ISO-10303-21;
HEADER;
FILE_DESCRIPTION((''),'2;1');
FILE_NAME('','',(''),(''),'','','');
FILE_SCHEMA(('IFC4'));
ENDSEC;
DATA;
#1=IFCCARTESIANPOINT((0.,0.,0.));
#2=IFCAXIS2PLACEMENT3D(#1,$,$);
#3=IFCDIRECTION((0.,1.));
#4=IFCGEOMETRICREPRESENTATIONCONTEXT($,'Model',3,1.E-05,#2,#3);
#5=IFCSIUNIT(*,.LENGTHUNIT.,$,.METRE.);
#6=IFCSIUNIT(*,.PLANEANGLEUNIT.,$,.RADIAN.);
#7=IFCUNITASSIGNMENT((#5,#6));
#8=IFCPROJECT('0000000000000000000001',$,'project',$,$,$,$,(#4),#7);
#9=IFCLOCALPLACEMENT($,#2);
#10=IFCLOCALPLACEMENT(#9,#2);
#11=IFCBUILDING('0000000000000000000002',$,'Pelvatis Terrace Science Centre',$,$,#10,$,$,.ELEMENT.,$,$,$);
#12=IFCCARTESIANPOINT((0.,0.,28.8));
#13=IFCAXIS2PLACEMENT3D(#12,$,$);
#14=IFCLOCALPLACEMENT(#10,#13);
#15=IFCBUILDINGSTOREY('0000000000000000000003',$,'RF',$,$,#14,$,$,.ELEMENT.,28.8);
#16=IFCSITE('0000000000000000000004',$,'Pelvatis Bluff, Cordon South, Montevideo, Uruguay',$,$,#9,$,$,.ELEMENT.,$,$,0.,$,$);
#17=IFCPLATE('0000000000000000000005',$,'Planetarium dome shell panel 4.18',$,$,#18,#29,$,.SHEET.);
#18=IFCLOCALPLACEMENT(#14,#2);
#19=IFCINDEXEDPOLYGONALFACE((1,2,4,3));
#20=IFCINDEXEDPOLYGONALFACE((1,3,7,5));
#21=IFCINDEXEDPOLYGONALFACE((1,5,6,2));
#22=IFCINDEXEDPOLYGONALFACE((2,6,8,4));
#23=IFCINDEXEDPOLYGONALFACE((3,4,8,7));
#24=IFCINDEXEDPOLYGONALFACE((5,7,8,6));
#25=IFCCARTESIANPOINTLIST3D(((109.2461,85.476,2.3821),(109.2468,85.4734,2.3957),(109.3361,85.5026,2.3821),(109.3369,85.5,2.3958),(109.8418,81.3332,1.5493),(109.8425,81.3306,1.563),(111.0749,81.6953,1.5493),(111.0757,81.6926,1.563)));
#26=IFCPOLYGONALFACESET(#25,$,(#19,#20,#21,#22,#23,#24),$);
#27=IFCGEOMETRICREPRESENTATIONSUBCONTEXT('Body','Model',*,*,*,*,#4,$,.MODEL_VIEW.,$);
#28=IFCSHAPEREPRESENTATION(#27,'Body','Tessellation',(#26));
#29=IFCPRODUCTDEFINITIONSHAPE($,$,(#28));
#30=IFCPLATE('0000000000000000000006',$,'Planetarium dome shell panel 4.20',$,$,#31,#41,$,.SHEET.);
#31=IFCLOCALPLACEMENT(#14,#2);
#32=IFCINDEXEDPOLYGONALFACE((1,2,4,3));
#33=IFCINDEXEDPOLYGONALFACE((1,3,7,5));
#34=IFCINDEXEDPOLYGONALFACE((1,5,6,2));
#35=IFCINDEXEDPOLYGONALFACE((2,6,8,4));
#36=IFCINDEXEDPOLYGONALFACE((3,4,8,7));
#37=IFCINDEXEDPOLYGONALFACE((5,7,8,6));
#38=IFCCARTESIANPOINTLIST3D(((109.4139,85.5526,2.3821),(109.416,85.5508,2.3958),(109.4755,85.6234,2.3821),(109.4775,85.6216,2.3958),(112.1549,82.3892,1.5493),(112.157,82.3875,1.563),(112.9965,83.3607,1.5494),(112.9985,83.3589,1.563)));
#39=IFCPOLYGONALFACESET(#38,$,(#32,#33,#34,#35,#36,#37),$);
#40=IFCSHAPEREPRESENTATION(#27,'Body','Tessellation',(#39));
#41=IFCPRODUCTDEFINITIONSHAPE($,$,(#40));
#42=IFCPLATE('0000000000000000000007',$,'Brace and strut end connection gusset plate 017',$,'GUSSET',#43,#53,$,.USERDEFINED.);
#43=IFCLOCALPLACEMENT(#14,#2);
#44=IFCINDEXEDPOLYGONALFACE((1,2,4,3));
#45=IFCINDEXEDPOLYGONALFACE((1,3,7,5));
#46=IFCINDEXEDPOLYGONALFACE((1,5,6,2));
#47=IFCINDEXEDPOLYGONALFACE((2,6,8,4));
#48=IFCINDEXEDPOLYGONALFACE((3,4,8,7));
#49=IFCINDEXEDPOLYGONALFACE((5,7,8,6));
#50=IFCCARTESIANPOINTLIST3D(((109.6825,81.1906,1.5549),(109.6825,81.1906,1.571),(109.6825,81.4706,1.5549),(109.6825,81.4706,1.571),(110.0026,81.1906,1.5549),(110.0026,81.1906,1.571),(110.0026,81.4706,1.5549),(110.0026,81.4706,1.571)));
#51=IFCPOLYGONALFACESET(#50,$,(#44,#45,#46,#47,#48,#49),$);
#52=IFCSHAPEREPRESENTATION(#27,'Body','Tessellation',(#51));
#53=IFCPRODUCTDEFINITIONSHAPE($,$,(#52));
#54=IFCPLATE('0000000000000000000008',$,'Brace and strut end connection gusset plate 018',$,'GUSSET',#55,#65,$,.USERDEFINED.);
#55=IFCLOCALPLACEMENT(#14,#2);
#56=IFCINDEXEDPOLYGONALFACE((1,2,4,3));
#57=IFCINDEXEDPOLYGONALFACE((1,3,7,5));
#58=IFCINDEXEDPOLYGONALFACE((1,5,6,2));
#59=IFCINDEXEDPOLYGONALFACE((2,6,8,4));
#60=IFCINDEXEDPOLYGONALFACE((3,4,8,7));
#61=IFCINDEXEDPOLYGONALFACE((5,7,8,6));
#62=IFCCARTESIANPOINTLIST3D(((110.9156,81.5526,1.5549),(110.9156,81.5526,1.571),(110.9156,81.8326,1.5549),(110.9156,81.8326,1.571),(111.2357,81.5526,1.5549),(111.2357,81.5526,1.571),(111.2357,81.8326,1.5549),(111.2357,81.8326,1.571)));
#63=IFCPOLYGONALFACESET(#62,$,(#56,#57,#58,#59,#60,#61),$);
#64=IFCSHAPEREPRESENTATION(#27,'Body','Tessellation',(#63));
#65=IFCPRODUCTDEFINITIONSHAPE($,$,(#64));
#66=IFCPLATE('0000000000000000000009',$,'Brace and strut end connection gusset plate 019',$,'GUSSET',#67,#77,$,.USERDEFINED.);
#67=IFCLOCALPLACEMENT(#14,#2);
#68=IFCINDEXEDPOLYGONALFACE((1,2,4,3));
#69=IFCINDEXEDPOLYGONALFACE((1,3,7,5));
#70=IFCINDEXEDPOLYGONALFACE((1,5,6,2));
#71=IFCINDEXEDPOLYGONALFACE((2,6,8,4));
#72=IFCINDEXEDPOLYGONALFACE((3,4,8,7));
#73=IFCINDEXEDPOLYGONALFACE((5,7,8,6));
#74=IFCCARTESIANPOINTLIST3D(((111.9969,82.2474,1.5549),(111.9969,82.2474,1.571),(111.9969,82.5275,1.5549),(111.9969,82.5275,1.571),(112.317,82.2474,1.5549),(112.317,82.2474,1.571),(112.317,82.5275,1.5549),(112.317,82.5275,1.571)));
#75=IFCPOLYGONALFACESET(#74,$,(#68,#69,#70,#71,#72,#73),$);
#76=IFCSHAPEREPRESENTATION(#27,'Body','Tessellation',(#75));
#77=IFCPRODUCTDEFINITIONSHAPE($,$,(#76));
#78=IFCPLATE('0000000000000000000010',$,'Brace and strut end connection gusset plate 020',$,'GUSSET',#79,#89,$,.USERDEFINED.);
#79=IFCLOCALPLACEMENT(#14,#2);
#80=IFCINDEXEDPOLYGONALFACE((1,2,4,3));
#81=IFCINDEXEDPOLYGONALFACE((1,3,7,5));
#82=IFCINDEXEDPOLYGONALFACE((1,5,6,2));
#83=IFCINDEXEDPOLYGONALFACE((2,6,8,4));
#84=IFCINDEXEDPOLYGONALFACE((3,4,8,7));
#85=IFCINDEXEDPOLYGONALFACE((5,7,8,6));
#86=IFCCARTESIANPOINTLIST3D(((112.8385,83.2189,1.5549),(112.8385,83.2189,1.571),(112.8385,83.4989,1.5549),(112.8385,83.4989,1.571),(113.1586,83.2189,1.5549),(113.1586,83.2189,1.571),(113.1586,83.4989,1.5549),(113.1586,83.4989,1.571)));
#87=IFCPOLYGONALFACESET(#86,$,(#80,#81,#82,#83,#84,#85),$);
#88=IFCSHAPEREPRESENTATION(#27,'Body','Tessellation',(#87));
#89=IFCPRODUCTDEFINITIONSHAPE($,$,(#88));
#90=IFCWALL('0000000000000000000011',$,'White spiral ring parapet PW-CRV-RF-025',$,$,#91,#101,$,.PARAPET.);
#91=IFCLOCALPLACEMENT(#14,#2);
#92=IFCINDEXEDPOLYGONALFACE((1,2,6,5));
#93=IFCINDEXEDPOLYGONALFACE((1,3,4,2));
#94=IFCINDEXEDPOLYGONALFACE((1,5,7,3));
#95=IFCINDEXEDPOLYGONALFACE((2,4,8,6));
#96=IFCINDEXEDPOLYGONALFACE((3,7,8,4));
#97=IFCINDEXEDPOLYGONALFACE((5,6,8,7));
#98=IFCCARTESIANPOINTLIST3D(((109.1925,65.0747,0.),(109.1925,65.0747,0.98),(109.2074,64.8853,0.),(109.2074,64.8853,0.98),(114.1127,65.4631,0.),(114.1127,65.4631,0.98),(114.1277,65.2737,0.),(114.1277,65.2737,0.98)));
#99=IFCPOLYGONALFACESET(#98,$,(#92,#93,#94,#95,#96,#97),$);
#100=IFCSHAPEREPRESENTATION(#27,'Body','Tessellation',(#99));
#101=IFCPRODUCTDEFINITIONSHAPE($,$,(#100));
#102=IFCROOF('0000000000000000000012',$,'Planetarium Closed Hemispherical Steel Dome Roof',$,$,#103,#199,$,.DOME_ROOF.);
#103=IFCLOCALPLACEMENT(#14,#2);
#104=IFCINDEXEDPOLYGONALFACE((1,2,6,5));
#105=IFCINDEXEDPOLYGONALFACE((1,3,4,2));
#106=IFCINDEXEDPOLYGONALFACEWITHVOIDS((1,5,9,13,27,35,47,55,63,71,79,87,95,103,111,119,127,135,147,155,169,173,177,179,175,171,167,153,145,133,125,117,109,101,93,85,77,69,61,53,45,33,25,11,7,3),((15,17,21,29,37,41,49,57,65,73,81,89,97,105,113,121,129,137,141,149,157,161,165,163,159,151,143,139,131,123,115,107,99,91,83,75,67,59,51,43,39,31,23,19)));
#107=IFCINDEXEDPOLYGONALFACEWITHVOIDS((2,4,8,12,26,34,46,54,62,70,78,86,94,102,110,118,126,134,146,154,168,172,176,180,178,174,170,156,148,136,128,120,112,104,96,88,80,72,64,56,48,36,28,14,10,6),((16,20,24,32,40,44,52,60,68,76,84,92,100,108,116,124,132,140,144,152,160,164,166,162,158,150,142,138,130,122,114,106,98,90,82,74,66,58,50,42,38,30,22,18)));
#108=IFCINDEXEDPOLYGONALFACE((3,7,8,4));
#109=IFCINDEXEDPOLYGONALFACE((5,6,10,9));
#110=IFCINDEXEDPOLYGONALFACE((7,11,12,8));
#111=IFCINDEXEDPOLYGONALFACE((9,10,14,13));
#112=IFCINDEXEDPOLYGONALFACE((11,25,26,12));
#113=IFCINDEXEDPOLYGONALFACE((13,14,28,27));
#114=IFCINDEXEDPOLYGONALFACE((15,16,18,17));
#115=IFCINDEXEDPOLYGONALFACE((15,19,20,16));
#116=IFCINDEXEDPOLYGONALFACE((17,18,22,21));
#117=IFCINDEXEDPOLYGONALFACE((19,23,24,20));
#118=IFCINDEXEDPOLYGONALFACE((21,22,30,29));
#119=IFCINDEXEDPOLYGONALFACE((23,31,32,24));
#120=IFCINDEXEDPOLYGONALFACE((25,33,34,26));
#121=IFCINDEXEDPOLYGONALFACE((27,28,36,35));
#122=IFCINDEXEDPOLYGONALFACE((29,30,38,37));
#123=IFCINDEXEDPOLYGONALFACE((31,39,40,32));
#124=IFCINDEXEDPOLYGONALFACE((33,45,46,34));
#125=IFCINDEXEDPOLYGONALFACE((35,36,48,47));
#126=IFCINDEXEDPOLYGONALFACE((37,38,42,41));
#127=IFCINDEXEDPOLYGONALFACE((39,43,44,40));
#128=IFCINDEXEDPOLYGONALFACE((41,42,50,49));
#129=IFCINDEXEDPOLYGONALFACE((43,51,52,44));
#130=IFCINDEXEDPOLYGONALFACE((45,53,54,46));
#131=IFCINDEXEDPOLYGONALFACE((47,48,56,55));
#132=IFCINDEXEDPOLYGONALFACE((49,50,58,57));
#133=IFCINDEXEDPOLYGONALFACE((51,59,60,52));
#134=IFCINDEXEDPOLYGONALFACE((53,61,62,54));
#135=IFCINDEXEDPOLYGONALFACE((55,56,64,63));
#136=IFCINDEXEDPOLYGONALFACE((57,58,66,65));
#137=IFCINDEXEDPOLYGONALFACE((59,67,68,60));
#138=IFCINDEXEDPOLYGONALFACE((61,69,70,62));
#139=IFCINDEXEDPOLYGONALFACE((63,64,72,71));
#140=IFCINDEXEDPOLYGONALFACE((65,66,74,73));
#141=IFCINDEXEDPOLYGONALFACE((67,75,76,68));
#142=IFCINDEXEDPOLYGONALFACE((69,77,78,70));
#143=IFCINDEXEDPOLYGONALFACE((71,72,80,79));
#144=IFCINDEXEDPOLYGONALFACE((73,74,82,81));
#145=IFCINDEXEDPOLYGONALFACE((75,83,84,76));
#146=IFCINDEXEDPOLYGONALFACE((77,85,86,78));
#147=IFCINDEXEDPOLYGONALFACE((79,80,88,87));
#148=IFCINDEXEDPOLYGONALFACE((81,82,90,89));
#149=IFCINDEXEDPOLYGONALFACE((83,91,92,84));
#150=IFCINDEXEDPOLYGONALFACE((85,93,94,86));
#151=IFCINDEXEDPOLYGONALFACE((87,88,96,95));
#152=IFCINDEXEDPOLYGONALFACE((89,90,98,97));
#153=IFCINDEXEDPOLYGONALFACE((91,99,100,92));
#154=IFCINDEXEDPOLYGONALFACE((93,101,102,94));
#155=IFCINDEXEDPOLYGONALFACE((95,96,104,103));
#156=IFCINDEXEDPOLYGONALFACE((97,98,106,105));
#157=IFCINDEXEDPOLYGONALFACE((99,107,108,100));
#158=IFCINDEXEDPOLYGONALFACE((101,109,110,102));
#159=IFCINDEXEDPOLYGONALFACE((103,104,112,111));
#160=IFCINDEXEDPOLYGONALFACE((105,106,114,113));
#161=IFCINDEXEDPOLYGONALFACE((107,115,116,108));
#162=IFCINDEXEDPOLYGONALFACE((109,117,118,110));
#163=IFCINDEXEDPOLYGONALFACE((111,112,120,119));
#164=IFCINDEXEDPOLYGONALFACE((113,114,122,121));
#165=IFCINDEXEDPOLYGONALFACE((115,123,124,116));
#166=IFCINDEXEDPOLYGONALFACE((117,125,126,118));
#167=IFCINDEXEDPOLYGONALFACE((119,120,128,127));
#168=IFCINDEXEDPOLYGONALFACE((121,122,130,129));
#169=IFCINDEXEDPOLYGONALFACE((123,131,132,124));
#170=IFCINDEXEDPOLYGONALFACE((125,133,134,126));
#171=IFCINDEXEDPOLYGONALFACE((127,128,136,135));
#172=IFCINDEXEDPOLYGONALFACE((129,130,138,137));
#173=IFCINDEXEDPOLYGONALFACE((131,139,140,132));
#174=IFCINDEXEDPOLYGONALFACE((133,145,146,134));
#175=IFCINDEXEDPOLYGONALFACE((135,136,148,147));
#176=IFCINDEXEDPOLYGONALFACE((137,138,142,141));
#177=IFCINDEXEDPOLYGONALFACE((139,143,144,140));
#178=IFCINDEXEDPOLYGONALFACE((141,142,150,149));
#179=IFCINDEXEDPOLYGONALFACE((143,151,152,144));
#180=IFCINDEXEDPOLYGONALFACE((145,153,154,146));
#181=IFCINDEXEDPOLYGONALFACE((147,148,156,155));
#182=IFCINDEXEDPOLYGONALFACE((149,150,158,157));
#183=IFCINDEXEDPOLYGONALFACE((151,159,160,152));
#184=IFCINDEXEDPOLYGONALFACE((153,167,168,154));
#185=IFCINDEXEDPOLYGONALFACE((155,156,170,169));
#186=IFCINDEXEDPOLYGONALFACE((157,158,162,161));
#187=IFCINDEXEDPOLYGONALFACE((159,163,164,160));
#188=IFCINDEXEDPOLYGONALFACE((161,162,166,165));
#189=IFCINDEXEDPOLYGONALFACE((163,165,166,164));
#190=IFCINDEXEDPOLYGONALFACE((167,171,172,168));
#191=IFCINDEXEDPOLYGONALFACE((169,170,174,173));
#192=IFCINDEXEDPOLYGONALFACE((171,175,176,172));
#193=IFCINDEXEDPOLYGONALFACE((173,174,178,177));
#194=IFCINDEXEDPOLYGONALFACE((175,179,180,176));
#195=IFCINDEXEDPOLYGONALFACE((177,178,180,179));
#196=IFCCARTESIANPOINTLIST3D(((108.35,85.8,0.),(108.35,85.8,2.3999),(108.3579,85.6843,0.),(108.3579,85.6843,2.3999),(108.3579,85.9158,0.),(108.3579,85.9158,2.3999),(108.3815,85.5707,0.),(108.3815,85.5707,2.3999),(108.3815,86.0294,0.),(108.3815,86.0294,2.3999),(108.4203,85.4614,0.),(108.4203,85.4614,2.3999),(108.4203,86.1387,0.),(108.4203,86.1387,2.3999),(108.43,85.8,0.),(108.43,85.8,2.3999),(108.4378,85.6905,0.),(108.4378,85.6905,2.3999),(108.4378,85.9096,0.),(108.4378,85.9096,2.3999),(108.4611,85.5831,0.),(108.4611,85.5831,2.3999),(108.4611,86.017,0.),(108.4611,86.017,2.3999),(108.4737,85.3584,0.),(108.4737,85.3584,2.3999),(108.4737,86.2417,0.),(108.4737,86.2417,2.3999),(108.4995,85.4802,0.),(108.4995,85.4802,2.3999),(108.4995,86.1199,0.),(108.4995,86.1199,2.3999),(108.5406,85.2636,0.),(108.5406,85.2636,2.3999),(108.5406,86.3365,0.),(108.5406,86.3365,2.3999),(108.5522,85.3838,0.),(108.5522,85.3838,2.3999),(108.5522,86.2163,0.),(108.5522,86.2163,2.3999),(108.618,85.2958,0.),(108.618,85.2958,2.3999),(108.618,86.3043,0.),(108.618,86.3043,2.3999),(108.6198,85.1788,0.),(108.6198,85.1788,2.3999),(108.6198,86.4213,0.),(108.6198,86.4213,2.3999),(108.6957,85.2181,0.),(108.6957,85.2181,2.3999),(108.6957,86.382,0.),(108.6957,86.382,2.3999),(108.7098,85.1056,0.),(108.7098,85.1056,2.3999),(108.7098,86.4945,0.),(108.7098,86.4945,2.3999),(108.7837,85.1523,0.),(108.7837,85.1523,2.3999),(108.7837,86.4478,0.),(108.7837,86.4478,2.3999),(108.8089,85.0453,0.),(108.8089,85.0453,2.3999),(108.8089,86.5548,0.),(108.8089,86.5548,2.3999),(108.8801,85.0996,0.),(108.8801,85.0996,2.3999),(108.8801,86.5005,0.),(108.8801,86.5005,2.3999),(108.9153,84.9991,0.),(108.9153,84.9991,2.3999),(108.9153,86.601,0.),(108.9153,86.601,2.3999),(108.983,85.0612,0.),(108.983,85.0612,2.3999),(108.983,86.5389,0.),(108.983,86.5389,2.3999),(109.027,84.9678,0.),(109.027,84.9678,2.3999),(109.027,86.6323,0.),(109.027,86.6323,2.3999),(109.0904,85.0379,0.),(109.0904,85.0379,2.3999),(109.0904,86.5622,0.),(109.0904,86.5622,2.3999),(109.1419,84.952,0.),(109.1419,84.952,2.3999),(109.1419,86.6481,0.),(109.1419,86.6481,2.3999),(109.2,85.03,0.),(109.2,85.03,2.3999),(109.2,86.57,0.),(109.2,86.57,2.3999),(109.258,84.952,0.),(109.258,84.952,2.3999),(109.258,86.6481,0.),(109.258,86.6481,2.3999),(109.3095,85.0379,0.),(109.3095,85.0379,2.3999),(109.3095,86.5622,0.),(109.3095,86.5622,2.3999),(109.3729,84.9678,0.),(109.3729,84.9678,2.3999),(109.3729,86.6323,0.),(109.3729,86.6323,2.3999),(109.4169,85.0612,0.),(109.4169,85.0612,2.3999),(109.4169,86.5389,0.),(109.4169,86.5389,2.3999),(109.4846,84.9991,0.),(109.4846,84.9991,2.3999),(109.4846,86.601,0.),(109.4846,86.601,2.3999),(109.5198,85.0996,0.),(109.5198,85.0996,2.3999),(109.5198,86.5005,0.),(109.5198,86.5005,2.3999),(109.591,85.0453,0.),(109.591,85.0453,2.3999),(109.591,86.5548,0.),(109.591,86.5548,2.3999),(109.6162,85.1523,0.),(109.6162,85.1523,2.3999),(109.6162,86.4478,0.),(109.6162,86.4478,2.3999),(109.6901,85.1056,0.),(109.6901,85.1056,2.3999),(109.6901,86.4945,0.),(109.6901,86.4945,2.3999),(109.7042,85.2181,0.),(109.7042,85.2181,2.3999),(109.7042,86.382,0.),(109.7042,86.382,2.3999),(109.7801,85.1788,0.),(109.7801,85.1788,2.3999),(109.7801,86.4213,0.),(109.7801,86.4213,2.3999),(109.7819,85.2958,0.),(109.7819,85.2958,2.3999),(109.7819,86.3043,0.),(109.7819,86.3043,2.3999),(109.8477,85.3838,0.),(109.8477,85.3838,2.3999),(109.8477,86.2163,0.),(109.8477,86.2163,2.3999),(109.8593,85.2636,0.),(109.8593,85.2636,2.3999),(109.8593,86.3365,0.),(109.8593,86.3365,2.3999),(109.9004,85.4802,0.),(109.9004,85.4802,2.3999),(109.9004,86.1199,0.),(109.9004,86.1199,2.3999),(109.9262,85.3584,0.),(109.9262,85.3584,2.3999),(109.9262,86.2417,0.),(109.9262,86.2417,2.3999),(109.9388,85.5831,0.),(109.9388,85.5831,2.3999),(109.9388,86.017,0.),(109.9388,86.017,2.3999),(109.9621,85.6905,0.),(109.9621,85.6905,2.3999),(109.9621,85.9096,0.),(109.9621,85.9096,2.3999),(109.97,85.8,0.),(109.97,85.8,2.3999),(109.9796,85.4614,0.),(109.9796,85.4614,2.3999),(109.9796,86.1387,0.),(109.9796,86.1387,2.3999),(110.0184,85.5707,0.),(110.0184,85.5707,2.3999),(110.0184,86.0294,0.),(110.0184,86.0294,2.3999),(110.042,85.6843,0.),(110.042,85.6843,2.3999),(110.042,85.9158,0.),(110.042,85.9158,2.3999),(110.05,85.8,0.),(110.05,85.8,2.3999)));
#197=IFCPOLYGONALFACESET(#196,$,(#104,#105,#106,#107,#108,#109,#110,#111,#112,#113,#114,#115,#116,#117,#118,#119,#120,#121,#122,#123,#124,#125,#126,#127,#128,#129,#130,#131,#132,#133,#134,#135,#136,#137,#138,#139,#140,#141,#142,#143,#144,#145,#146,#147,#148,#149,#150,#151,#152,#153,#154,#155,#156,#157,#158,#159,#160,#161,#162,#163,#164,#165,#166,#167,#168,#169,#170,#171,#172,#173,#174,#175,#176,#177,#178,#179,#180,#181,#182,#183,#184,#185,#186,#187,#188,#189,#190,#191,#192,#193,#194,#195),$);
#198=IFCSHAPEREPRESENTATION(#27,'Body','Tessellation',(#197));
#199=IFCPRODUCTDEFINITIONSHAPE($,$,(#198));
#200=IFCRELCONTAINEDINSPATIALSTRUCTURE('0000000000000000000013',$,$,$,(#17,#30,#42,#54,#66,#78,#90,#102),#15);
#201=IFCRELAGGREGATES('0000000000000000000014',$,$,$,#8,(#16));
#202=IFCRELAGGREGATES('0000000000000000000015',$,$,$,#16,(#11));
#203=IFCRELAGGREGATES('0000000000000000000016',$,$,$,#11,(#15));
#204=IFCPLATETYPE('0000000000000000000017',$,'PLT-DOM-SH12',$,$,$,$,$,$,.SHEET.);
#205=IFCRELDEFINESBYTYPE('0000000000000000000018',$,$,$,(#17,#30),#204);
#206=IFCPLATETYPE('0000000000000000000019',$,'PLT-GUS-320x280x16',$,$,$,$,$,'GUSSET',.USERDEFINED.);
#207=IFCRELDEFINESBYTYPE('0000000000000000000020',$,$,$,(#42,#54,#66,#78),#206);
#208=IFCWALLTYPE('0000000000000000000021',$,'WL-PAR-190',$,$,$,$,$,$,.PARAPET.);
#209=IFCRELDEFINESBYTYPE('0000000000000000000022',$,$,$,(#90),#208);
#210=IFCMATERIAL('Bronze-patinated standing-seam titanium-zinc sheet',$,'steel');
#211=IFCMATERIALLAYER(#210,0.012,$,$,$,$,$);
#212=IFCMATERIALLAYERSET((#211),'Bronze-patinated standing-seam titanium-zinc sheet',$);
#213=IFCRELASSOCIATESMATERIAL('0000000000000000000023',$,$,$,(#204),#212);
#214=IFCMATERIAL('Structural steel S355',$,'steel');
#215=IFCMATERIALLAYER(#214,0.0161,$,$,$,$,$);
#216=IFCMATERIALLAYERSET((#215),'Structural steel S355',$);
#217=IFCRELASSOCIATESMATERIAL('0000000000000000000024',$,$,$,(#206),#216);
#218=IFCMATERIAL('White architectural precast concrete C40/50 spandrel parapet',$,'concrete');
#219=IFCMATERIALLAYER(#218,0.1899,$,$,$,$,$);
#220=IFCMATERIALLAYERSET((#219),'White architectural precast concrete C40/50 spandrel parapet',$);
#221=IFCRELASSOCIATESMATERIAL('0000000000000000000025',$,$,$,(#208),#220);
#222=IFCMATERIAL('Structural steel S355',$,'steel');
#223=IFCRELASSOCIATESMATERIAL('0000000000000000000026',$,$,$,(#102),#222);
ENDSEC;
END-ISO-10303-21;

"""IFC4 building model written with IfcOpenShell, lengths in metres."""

from ifc_helpers import new_model, si_unit, direction, frame, frame_2d, origin, origin_2d, place, context, subcontext, project, spatial, polyline, rectangle, hollow_circle, outline, extrude, material, layer, layer_set, type_object, element, save


model = new_model("IFC4")

# Units and contexts
model_context = context("Model", 3, precision=1e-05, world=origin(), true_north=direction((0.0, 1.0)))
body_context = subcontext(model_context, "Body", "Model", "MODEL_VIEW")
ifc_project = project(units=[si_unit("LENGTHUNIT", "METRE"), si_unit("PLANEANGLEUNIT", "RADIAN")], contexts=[model_context])

# Site, building, storey
site_placement = place(None, origin())
site = spatial("IfcSite", under=ifc_project, at=site_placement, Name="Pelvatis Bluff, Cordon South, Montevideo, Uruguay", CompositionType="ELEMENT", RefElevation=0.0)
building_placement = place(site_placement, origin())
building = spatial("IfcBuilding", under=site, at=building_placement, Name="Pelvatis Terrace Science Centre", CompositionType="ELEMENT")
storey_placement = place(building_placement, frame((0.0, 0.0, 28.8)))
storey = spatial("IfcBuildingStorey", under=building, at=storey_placement, Name="RF", CompositionType="ELEMENT", Elevation=28.8)

# Plates
ifc_material_1 = material(Name="Bronze-patinated standing-seam titanium-zinc sheet", Category="steel")
ifc_layer_1 = layer(ifc_material_1, 0.012)
ifc_layer_set_1 = layer_set([ifc_layer_1], Name="Bronze-patinated standing-seam titanium-zinc sheet")
plate_type_1 = type_object("IfcPlateType", Name="PLT-DOM-SH12", PredefinedType="SHEET", material=ifc_layer_set_1)
plate_1_placement = place(storey_placement, frame((109.8425, 81.3306, 1.563), z_axis=(0.055538, -0.189079, 0.98039), x_axis=(0.959497, 0.281718, -0.000022)))
element("IfcPlate", 1, at=plate_1_placement, inside=storey, type_object=plate_type_1, Name="Planetarium dome shell panel 4.18", PredefinedType="SHEET", context=body_context, shape_type="SweptSolid", body=[
    extrude(outline(polyline([(0.0, 0.0), (1.2852, 0.0), (0.6894, 4.2259), (0.5955, 4.2257), (0.0, 0.0)])), origin(), (0.0, 0.0, -1.0), 0.0139),
])
plate_2_placement = place(storey_placement, frame((112.157, 82.3875, 1.563), z_axis=(0.148937, -0.12905, 0.98039), x_axis=(0.654774, 0.755824, 0.00002)))
element("IfcPlate", 2, at=plate_2_placement, inside=storey, type_object=plate_type_1, Name="Planetarium dome shell panel 4.20", PredefinedType="SHEET", context=body_context, shape_type="SweptSolid", body=[
    extrude(outline(polyline([(0.0, 0.0), (1.2853, 0.0), (0.69, 4.2257), (0.5962, 4.2258), (0.0, 0.0)])), origin(), (0.0, 0.0, -1.0), 0.0139),
])
ifc_material_2 = material(Name="Structural steel S355", Category="steel")
ifc_layer_2 = layer(ifc_material_2, 0.0161)
ifc_layer_set_2 = layer_set([ifc_layer_2], Name="Structural steel S355")
plate_type_2 = type_object("IfcPlateType", Name="PLT-GUS-320x280x16", ElementType="GUSSET", PredefinedType="USERDEFINED", material=ifc_layer_set_2)
for number, where, z_axis, x_axis, name in (
    (3, (109.8425, 81.3306, 1.5549), (0.0, 0.0, 1.0), (1.0, 0.0, 0.0), "Brace and strut end connection gusset plate 017"),
    (4, (111.0757, 81.6926, 1.5549), (0.0, 0.0, 1.0), (1.0, 0.0, 0.0), "Brace and strut end connection gusset plate 018"),
    (5, (112.157, 82.3875, 1.5549), (0.0, 0.0, 1.0), (1.0, 0.0, 0.0), "Brace and strut end connection gusset plate 019"),
    (6, (112.9985, 83.3589, 1.5549), (0.0, 0.0, 1.0), (1.0, 0.0, 0.0), "Brace and strut end connection gusset plate 020"),
):
    element("IfcPlate", number, at=place(storey_placement, frame(where, z_axis=z_axis, x_axis=x_axis)), inside=storey, type_object=plate_type_2, Name=name, ObjectType="GUSSET", PredefinedType="USERDEFINED", context=body_context, shape_type="SweptSolid", body=[
        extrude(rectangle(XDim=0.3201, YDim=0.28, at=origin_2d()), origin(), (0.0, 0.0, 1.0), 0.0161),
    ])

# Wall
ifc_material_3 = material(Name="White architectural precast concrete C40/50 spandrel parapet", Category="concrete")
ifc_layer_3 = layer(ifc_material_3, 0.1899)
ifc_layer_set_3 = layer_set([ifc_layer_3], Name="White architectural precast concrete C40/50 spandrel parapet")
wall_type = type_object("IfcWallType", Name="WL-PAR-190", PredefinedType="PARAPET", material=ifc_layer_set_3)
wall_placement = place(storey_placement, frame((109.2, 64.98, 0.0), z_axis=(0.0, 0.0, 1.0), x_axis=(0.996898, 0.078701, 0.0)))
element("IfcWall", 7, at=wall_placement, inside=storey, type_object=wall_type, Name="White spiral ring parapet PW-CRV-RF-025", PredefinedType="PARAPET", context=body_context, shape_type="SweptSolid", body=[
    extrude(rectangle(XDim=4.9355, YDim=0.1899, at=frame_2d((2.4678, 0.0))), origin(), (0.0, 0.0, 1.0), 0.98),
])

# Roof
ifc_material_4 = material(Name="Structural steel S355", Category="steel")
roof_placement = place(storey_placement, frame((109.2, 85.8, 0.0)))
element("IfcRoof", 8, at=roof_placement, inside=storey, material=ifc_material_4, Name="Planetarium Closed Hemispherical Steel Dome Roof", PredefinedType="DOME_ROOF", context=body_context, shape_type="SweptSolid", body=[
    extrude(hollow_circle(Radius=0.85, WallThickness=0.08, at=origin_2d()), origin(), (0.0, 0.0, 1.0), 2.3999),
])

save(model, "model.ifc")
